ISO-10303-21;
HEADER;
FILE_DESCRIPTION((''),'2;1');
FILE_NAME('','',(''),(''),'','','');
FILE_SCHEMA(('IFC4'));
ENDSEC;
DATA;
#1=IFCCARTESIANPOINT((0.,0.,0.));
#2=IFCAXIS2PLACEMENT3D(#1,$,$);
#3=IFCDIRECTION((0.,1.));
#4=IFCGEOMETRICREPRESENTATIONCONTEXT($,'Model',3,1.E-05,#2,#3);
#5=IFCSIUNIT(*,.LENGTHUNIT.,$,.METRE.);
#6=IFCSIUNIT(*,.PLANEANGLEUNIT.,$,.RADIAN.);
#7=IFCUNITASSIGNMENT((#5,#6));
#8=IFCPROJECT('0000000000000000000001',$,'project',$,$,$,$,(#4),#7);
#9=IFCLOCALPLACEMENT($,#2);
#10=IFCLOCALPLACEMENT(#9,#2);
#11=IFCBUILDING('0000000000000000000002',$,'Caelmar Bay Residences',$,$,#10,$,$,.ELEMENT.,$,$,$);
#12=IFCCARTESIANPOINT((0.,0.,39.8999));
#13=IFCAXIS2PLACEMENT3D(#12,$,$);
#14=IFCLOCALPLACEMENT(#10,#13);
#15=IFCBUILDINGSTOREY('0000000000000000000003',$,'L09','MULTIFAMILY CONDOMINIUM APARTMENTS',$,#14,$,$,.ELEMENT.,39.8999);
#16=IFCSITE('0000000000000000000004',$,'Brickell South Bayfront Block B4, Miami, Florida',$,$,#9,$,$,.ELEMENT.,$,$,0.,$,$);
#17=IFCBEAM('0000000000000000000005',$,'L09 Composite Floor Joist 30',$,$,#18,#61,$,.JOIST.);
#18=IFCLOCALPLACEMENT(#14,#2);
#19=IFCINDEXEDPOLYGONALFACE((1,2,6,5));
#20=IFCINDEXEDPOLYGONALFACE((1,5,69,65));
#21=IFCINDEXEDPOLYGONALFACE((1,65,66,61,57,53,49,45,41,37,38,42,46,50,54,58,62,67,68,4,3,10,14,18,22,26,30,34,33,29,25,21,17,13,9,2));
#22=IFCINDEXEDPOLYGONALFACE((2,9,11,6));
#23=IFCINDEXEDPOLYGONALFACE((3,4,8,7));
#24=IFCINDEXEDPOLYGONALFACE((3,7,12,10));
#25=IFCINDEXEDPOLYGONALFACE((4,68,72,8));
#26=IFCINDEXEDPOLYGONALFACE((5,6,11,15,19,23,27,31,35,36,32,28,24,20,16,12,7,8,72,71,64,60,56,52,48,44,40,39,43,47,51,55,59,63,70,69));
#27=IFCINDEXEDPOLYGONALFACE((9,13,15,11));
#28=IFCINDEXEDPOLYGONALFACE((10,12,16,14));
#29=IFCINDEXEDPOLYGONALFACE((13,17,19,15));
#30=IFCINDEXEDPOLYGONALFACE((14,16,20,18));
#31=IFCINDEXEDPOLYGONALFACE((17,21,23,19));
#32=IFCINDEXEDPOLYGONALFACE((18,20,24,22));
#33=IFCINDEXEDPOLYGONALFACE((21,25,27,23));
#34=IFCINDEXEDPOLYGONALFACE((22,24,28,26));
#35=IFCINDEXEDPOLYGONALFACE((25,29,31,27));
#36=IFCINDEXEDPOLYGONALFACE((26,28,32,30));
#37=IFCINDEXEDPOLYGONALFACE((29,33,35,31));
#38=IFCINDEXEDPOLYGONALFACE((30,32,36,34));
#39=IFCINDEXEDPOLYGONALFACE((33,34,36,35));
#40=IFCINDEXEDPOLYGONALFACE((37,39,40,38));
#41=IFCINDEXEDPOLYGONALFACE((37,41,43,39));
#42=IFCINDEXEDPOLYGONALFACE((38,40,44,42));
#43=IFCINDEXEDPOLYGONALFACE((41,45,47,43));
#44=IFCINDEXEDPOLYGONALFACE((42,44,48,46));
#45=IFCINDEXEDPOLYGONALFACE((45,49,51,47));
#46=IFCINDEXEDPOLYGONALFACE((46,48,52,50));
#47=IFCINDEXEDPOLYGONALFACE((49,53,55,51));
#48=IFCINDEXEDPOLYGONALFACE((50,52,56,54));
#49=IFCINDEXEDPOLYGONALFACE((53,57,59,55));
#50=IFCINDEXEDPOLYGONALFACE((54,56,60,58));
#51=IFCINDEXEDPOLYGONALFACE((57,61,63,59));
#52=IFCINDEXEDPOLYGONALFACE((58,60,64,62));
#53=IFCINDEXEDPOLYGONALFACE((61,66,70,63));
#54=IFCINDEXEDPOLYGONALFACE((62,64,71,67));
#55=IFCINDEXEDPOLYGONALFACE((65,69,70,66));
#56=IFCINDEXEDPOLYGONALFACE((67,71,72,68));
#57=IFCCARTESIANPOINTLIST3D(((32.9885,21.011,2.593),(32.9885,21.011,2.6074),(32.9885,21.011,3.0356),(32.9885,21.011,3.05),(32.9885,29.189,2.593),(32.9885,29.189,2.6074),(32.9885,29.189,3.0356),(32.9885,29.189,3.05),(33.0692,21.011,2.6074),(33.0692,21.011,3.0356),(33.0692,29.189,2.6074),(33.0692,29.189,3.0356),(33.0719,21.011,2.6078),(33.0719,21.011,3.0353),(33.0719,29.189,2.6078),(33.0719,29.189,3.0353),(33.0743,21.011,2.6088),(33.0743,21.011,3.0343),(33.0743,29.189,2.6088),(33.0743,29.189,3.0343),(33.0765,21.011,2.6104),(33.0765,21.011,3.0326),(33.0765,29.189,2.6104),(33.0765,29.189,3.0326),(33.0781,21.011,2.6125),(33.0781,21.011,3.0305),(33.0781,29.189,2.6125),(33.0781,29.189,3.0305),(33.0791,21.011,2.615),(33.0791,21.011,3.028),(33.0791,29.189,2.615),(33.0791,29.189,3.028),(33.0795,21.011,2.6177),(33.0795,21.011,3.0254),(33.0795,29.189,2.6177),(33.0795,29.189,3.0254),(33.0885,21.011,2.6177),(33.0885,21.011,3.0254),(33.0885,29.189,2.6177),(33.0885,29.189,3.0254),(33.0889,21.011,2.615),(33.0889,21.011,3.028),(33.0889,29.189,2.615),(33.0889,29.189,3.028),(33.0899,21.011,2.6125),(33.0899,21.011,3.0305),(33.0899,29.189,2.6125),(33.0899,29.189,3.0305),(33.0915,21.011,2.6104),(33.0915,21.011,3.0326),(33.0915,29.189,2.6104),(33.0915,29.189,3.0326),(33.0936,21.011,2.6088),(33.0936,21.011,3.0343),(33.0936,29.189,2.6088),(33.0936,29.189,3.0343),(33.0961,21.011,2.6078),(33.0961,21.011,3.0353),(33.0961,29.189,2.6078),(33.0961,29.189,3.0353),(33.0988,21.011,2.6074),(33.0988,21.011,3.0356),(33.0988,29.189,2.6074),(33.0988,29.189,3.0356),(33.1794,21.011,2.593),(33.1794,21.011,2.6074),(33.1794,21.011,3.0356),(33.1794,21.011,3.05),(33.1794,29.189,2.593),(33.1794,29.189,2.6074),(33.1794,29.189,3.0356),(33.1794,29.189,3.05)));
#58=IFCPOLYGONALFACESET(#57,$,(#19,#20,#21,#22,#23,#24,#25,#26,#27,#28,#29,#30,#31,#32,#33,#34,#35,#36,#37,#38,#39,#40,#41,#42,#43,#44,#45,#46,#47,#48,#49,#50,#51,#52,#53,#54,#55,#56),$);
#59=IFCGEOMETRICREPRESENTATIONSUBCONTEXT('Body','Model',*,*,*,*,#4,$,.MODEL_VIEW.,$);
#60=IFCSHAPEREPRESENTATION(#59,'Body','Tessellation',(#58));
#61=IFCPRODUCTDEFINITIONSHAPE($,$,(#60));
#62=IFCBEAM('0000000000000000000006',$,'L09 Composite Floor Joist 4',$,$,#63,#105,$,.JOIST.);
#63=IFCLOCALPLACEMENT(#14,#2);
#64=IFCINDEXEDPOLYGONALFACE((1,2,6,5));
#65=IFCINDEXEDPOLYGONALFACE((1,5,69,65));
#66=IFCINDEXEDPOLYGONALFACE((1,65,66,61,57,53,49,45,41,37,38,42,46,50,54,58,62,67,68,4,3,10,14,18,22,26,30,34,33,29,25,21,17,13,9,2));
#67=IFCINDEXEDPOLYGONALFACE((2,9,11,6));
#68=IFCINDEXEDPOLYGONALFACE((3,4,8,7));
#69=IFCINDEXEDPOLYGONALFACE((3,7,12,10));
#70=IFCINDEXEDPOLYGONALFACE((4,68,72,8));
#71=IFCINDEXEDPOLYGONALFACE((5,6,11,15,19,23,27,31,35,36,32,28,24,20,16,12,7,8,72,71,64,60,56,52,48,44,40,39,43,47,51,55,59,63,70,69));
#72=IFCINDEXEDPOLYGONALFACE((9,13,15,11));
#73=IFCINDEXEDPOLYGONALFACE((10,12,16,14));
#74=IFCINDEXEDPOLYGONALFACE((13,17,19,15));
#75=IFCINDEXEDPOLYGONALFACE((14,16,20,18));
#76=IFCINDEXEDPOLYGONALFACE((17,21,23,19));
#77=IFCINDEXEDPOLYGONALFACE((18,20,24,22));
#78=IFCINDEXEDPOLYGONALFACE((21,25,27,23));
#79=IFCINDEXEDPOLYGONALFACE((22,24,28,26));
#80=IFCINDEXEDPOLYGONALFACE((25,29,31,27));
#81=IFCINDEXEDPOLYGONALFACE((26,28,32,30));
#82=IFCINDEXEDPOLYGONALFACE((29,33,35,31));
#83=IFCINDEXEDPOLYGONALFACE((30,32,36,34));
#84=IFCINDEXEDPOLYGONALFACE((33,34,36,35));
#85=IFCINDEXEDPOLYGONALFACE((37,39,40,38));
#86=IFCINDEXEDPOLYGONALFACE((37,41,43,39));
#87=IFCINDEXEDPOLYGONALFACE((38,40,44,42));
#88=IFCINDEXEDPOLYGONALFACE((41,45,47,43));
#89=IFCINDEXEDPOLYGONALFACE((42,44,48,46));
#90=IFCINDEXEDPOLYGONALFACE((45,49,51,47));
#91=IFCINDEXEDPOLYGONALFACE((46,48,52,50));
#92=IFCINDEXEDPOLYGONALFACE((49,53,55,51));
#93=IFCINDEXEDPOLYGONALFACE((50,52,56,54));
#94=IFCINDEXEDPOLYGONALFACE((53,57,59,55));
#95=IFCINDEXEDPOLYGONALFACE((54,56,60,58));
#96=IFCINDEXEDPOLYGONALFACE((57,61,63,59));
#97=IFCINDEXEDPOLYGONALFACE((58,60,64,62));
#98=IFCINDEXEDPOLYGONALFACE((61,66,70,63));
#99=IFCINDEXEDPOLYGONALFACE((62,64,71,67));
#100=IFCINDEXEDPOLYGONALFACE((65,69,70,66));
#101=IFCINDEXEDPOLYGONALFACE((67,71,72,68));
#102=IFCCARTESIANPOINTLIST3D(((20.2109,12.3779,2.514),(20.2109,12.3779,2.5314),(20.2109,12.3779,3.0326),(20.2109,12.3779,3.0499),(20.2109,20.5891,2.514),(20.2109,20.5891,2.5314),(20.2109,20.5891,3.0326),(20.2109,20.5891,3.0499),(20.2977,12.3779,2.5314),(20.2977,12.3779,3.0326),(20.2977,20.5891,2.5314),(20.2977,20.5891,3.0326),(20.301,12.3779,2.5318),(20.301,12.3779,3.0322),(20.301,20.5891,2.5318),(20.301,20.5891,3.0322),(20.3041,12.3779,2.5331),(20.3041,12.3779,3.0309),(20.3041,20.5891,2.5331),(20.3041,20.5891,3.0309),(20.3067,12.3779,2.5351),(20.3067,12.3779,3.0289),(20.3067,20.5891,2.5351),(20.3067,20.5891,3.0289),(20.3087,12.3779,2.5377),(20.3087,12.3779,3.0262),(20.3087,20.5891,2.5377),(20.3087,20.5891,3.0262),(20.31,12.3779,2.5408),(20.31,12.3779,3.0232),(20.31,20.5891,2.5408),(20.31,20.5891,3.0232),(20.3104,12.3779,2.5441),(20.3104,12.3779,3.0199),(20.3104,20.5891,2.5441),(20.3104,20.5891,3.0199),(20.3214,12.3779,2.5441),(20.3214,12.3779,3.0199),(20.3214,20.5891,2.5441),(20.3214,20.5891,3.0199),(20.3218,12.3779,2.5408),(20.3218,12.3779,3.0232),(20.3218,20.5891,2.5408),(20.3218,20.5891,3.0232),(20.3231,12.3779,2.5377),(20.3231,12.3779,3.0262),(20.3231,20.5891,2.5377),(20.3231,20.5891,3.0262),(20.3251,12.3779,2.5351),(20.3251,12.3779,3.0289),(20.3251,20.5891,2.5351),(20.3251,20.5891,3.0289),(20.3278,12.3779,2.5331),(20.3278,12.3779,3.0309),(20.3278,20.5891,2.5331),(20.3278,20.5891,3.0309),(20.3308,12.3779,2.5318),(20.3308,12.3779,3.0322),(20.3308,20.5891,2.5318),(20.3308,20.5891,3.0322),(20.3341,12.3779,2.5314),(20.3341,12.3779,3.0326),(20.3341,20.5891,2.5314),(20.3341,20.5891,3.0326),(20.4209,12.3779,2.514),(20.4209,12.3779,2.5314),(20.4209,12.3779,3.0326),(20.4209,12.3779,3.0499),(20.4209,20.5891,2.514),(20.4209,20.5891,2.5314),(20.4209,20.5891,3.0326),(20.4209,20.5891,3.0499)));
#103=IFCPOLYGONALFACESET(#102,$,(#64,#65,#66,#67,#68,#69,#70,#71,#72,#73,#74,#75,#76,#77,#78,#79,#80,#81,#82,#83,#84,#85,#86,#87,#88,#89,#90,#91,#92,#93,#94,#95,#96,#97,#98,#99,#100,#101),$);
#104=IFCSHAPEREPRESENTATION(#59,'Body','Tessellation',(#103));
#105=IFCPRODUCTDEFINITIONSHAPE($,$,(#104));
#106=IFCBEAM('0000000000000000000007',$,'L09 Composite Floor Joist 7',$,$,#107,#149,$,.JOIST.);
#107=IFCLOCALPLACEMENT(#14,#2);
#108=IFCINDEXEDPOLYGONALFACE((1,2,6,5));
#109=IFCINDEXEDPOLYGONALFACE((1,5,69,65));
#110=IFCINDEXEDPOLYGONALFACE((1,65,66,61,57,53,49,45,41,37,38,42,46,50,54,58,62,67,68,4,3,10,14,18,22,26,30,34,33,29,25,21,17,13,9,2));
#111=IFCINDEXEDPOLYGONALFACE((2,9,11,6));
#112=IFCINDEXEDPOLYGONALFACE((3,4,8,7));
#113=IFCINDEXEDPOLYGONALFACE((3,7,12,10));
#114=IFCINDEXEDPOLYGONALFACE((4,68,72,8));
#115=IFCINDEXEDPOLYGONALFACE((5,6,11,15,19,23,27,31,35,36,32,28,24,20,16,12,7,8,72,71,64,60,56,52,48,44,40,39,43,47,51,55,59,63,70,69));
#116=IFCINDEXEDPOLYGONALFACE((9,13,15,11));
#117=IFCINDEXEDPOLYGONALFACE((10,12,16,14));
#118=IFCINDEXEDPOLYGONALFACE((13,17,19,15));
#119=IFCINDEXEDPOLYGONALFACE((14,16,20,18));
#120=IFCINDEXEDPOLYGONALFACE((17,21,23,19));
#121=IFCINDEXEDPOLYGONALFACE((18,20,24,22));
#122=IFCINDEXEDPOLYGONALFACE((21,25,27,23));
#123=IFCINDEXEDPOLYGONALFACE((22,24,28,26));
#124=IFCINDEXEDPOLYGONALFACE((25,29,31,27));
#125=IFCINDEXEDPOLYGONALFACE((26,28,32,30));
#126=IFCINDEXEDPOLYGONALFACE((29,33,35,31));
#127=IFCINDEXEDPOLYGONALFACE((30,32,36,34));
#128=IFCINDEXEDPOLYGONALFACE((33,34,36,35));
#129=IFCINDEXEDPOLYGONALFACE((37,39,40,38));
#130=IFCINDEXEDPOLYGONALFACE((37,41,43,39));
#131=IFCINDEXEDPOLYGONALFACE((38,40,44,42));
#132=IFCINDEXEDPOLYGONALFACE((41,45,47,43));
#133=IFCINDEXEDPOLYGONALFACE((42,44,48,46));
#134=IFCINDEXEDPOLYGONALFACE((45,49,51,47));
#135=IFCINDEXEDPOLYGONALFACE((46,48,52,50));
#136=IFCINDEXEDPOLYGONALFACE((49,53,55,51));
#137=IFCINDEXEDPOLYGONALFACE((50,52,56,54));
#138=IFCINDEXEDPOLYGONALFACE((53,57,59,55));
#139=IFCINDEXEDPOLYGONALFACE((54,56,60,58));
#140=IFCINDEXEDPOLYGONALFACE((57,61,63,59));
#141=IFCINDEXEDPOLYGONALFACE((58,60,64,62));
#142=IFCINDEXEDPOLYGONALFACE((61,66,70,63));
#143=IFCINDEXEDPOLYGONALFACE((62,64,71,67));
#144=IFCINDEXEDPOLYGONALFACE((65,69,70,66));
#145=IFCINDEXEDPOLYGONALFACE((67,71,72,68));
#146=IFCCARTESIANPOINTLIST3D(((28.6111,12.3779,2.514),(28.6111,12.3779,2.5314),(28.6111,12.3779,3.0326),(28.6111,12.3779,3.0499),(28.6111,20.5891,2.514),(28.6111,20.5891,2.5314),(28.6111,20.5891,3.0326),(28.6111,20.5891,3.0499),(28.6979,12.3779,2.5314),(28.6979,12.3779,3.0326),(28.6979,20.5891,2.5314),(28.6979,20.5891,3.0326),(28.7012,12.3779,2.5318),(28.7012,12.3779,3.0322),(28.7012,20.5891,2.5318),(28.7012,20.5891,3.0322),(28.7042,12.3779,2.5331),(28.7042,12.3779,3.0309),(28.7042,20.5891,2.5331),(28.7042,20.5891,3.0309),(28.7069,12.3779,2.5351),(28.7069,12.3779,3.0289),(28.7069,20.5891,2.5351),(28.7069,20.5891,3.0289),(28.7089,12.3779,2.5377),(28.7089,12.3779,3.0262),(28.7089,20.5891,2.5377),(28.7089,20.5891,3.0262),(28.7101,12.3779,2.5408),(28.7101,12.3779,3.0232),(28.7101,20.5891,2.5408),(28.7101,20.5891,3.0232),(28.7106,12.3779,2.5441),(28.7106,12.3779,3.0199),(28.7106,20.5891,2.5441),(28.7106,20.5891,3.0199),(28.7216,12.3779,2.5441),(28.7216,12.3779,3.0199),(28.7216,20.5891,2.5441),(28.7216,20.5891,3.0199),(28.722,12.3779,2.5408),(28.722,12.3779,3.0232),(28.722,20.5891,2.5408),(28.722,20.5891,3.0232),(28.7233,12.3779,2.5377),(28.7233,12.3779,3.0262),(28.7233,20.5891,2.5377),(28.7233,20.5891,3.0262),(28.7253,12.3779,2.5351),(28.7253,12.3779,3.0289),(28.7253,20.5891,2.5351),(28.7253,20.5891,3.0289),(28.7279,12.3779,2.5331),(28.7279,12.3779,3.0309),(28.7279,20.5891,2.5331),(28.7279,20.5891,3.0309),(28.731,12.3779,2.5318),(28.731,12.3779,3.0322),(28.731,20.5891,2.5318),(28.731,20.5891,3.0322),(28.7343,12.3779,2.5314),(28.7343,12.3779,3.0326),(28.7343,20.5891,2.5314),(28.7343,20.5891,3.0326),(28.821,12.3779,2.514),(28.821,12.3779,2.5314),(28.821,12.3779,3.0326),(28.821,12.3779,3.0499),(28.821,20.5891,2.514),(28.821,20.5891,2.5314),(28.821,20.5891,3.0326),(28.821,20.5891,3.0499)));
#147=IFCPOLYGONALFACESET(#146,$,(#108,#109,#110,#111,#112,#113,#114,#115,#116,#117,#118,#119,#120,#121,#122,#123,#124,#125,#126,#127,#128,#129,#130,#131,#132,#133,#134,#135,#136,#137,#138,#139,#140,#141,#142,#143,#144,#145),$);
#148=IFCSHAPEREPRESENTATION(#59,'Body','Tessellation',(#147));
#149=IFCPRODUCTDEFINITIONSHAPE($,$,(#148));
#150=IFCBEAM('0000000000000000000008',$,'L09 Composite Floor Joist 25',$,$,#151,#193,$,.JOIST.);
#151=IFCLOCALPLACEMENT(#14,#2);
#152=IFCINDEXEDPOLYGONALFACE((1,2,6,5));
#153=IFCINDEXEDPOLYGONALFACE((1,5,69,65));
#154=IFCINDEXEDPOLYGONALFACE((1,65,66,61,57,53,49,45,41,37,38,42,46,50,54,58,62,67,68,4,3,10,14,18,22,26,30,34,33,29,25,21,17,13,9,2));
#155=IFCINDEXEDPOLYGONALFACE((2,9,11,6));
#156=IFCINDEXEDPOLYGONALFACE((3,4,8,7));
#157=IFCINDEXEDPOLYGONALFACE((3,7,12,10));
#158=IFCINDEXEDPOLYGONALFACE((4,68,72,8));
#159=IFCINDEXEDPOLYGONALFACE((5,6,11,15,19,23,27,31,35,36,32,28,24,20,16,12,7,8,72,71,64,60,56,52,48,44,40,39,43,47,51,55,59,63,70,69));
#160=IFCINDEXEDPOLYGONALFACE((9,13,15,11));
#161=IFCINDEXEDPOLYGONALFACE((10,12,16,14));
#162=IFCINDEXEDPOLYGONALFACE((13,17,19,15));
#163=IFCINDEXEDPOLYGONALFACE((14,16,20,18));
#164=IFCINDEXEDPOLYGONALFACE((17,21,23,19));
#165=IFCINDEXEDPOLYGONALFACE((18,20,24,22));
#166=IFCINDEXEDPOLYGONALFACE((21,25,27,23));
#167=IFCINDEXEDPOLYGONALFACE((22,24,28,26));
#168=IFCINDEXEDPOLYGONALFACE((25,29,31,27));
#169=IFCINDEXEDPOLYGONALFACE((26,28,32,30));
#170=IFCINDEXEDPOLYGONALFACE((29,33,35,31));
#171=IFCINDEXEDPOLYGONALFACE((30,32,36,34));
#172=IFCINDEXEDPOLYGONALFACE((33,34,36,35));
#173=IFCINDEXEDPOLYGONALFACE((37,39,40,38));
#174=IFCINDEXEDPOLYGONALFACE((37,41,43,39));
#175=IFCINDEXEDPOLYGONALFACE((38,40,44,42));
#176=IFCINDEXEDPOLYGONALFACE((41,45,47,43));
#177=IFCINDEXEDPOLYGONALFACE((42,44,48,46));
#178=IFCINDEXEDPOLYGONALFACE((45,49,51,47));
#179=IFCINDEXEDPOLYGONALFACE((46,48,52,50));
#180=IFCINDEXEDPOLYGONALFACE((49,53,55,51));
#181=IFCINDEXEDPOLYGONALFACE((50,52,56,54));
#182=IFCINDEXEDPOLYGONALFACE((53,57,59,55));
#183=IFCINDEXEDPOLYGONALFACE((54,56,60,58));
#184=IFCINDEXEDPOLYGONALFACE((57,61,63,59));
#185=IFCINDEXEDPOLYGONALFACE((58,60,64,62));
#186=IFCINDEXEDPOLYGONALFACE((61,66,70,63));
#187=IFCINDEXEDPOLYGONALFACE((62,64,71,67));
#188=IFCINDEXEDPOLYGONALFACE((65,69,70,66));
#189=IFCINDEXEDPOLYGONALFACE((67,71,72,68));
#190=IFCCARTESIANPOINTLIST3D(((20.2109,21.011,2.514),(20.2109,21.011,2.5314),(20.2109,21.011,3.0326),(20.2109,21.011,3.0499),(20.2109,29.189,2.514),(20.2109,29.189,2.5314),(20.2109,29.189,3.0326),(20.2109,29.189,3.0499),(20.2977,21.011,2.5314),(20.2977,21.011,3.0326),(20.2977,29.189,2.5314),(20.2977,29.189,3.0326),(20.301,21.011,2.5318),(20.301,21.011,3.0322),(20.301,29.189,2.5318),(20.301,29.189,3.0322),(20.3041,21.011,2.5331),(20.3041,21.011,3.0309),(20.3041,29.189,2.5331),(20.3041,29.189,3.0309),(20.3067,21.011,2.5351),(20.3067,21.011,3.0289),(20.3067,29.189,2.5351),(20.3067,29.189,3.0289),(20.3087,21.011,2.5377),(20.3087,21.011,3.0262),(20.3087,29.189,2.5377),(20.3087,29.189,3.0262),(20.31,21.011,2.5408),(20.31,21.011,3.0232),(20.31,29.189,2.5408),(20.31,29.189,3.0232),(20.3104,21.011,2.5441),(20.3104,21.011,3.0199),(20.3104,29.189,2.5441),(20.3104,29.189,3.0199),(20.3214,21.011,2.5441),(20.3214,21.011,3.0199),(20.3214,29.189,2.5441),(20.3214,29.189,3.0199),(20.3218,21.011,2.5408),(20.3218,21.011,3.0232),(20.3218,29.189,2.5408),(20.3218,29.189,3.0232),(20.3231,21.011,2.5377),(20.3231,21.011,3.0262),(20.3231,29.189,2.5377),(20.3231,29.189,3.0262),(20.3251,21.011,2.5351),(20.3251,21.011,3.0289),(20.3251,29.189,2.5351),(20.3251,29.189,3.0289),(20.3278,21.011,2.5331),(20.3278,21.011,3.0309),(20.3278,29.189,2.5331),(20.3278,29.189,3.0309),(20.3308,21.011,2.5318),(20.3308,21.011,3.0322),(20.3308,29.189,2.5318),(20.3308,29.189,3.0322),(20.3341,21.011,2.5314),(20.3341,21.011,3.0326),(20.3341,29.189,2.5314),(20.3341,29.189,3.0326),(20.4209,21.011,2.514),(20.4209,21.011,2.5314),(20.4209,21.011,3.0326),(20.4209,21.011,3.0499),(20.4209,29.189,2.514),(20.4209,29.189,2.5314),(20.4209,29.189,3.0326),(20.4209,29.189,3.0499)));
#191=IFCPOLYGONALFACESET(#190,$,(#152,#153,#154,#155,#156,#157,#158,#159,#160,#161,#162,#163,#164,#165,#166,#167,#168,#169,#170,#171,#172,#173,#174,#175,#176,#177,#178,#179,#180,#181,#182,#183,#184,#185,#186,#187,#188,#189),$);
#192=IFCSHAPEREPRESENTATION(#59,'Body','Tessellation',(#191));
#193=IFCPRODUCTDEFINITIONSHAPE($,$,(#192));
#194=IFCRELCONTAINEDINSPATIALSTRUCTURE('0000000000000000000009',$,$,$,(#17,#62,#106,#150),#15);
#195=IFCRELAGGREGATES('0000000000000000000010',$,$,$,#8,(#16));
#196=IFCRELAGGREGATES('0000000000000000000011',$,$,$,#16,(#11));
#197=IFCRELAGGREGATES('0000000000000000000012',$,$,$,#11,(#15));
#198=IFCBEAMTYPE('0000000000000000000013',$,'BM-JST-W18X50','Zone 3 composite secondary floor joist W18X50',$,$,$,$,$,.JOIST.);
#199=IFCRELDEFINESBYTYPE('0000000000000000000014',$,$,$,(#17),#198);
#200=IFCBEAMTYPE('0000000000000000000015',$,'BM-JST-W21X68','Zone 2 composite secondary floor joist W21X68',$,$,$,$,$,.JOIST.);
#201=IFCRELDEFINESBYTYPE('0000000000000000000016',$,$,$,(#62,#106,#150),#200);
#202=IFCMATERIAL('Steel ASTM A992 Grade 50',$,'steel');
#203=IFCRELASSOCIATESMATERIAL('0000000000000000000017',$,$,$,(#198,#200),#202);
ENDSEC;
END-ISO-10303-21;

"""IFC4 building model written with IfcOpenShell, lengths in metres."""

from ifc_helpers import new_model, si_unit, direction, frame, origin, origin_2d, place, context, subcontext, project, spatial, i_section, extrude, material, material_profile, profile_set, type_object, element, save


model = new_model("IFC4")

# Units and contexts
model_context = context("Model", 3, precision=1e-05, world=origin(), true_north=direction((0.0, 1.0)))
body_context = subcontext(model_context, "Body", "Model", "MODEL_VIEW")
ifc_project = project(units=[si_unit("LENGTHUNIT", "METRE"), si_unit("PLANEANGLEUNIT", "RADIAN")], contexts=[model_context])

# Site, building, storey
site_placement = place(None, origin())
site = spatial("IfcSite", under=ifc_project, at=site_placement, Name="Brickell South Bayfront Block B4, Miami, Florida", CompositionType="ELEMENT", RefElevation=0.0)
building_placement = place(site_placement, origin())
building = spatial("IfcBuilding", under=site, at=building_placement, Name="Caelmar Bay Residences", CompositionType="ELEMENT")
storey_placement = place(building_placement, frame((0.0, 0.0, 39.8999)))
storey = spatial("IfcBuildingStorey", under=building, at=storey_placement, Name="L09", Description="MULTIFAMILY CONDOMINIUM APARTMENTS", CompositionType="ELEMENT", Elevation=39.8999)

# Beams
ifc_material_1 = material(Name="Steel ASTM A992 Grade 50", Category="steel")
ifc_material_profile_1 = material_profile(ifc_material_1, i_section(OverallWidth=0.1909, OverallDepth=0.457, WebThickness=0.009, FlangeThickness=0.0144, FilletRadius=0.0103, at=origin_2d()), Name="W18X50")
ifc_profile_set_1 = profile_set([ifc_material_profile_1], Name="Steel ASTM A992 Grade 50")
beam_type_1 = type_object("IfcBeamType", Name="BM-JST-W18X50", Description="Zone 3 composite secondary floor joist W18X50", PredefinedType="JOIST", material=ifc_profile_set_1)
for number, where, z_axis, x_axis, name in (
    (1, (33.084, 21.011, 2.8215), (0.0, 1.0, 0.0), (-1.0, 0.0, 0.0), "L09 Composite Floor Joist 30"),
):
    element("IfcBeam", number, at=place(storey_placement, frame(where, z_axis=z_axis, x_axis=x_axis)), inside=storey, type_object=beam_type_1, Name=name, PredefinedType="JOIST", context=body_context, shape_type="SweptSolid", body=[
        extrude(i_section(OverallWidth=0.1909, OverallDepth=0.457, WebThickness=0.009, FlangeThickness=0.0144, FilletRadius=0.0103, at=origin_2d()), origin(), (0.0, 0.0, 1.0), 8.178),
    ])
ifc_material_profile_2 = material_profile(ifc_material_1, i_section(OverallWidth=0.21, OverallDepth=0.5359, WebThickness=0.011, FlangeThickness=0.0173, FilletRadius=0.0127, at=origin_2d()), Name="W21X68")
ifc_profile_set_2 = profile_set([ifc_material_profile_2], Name="Steel ASTM A992 Grade 50")
beam_type_2 = type_object("IfcBeamType", Name="BM-JST-W21X68", Description="Zone 2 composite secondary floor joist W21X68", PredefinedType="JOIST", material=ifc_profile_set_2)
for number, where, z_axis, x_axis, name in (
    (2, (20.3159, 12.3779, 2.782), (0.0, 1.0, 0.0), (-1.0, 0.0, 0.0), "L09 Composite Floor Joist 4"),
    (3, (28.7161, 12.3779, 2.782), (0.0, 1.0, 0.0), (-1.0, 0.0, 0.0), "L09 Composite Floor Joist 7"),
):
    element("IfcBeam", number, at=place(storey_placement, frame(where, z_axis=z_axis, x_axis=x_axis)), inside=storey, type_object=beam_type_2, Name=name, PredefinedType="JOIST", context=body_context, shape_type="SweptSolid", body=[
        extrude(i_section(OverallWidth=0.21, OverallDepth=0.5359, WebThickness=0.011, FlangeThickness=0.0173, FilletRadius=0.0127, at=origin_2d()), origin(), (0.0, 0.0, 1.0), 8.2112),
    ])
for number, where, z_axis, x_axis, name in (
    (4, (20.3159, 21.011, 2.782), (0.0, 1.0, 0.0), (-1.0, 0.0, 0.0), "L09 Composite Floor Joist 25"),
):
    element("IfcBeam", number, at=place(storey_placement, frame(where, z_axis=z_axis, x_axis=x_axis)), inside=storey, type_object=beam_type_2, Name=name, PredefinedType="JOIST", context=body_context, shape_type="SweptSolid", body=[
        extrude(i_section(OverallWidth=0.21, OverallDepth=0.5359, WebThickness=0.011, FlangeThickness=0.0173, FilletRadius=0.0127, at=origin_2d()), origin(), (0.0, 0.0, 1.0), 8.178),
    ])

save(model, "model.ifc")
